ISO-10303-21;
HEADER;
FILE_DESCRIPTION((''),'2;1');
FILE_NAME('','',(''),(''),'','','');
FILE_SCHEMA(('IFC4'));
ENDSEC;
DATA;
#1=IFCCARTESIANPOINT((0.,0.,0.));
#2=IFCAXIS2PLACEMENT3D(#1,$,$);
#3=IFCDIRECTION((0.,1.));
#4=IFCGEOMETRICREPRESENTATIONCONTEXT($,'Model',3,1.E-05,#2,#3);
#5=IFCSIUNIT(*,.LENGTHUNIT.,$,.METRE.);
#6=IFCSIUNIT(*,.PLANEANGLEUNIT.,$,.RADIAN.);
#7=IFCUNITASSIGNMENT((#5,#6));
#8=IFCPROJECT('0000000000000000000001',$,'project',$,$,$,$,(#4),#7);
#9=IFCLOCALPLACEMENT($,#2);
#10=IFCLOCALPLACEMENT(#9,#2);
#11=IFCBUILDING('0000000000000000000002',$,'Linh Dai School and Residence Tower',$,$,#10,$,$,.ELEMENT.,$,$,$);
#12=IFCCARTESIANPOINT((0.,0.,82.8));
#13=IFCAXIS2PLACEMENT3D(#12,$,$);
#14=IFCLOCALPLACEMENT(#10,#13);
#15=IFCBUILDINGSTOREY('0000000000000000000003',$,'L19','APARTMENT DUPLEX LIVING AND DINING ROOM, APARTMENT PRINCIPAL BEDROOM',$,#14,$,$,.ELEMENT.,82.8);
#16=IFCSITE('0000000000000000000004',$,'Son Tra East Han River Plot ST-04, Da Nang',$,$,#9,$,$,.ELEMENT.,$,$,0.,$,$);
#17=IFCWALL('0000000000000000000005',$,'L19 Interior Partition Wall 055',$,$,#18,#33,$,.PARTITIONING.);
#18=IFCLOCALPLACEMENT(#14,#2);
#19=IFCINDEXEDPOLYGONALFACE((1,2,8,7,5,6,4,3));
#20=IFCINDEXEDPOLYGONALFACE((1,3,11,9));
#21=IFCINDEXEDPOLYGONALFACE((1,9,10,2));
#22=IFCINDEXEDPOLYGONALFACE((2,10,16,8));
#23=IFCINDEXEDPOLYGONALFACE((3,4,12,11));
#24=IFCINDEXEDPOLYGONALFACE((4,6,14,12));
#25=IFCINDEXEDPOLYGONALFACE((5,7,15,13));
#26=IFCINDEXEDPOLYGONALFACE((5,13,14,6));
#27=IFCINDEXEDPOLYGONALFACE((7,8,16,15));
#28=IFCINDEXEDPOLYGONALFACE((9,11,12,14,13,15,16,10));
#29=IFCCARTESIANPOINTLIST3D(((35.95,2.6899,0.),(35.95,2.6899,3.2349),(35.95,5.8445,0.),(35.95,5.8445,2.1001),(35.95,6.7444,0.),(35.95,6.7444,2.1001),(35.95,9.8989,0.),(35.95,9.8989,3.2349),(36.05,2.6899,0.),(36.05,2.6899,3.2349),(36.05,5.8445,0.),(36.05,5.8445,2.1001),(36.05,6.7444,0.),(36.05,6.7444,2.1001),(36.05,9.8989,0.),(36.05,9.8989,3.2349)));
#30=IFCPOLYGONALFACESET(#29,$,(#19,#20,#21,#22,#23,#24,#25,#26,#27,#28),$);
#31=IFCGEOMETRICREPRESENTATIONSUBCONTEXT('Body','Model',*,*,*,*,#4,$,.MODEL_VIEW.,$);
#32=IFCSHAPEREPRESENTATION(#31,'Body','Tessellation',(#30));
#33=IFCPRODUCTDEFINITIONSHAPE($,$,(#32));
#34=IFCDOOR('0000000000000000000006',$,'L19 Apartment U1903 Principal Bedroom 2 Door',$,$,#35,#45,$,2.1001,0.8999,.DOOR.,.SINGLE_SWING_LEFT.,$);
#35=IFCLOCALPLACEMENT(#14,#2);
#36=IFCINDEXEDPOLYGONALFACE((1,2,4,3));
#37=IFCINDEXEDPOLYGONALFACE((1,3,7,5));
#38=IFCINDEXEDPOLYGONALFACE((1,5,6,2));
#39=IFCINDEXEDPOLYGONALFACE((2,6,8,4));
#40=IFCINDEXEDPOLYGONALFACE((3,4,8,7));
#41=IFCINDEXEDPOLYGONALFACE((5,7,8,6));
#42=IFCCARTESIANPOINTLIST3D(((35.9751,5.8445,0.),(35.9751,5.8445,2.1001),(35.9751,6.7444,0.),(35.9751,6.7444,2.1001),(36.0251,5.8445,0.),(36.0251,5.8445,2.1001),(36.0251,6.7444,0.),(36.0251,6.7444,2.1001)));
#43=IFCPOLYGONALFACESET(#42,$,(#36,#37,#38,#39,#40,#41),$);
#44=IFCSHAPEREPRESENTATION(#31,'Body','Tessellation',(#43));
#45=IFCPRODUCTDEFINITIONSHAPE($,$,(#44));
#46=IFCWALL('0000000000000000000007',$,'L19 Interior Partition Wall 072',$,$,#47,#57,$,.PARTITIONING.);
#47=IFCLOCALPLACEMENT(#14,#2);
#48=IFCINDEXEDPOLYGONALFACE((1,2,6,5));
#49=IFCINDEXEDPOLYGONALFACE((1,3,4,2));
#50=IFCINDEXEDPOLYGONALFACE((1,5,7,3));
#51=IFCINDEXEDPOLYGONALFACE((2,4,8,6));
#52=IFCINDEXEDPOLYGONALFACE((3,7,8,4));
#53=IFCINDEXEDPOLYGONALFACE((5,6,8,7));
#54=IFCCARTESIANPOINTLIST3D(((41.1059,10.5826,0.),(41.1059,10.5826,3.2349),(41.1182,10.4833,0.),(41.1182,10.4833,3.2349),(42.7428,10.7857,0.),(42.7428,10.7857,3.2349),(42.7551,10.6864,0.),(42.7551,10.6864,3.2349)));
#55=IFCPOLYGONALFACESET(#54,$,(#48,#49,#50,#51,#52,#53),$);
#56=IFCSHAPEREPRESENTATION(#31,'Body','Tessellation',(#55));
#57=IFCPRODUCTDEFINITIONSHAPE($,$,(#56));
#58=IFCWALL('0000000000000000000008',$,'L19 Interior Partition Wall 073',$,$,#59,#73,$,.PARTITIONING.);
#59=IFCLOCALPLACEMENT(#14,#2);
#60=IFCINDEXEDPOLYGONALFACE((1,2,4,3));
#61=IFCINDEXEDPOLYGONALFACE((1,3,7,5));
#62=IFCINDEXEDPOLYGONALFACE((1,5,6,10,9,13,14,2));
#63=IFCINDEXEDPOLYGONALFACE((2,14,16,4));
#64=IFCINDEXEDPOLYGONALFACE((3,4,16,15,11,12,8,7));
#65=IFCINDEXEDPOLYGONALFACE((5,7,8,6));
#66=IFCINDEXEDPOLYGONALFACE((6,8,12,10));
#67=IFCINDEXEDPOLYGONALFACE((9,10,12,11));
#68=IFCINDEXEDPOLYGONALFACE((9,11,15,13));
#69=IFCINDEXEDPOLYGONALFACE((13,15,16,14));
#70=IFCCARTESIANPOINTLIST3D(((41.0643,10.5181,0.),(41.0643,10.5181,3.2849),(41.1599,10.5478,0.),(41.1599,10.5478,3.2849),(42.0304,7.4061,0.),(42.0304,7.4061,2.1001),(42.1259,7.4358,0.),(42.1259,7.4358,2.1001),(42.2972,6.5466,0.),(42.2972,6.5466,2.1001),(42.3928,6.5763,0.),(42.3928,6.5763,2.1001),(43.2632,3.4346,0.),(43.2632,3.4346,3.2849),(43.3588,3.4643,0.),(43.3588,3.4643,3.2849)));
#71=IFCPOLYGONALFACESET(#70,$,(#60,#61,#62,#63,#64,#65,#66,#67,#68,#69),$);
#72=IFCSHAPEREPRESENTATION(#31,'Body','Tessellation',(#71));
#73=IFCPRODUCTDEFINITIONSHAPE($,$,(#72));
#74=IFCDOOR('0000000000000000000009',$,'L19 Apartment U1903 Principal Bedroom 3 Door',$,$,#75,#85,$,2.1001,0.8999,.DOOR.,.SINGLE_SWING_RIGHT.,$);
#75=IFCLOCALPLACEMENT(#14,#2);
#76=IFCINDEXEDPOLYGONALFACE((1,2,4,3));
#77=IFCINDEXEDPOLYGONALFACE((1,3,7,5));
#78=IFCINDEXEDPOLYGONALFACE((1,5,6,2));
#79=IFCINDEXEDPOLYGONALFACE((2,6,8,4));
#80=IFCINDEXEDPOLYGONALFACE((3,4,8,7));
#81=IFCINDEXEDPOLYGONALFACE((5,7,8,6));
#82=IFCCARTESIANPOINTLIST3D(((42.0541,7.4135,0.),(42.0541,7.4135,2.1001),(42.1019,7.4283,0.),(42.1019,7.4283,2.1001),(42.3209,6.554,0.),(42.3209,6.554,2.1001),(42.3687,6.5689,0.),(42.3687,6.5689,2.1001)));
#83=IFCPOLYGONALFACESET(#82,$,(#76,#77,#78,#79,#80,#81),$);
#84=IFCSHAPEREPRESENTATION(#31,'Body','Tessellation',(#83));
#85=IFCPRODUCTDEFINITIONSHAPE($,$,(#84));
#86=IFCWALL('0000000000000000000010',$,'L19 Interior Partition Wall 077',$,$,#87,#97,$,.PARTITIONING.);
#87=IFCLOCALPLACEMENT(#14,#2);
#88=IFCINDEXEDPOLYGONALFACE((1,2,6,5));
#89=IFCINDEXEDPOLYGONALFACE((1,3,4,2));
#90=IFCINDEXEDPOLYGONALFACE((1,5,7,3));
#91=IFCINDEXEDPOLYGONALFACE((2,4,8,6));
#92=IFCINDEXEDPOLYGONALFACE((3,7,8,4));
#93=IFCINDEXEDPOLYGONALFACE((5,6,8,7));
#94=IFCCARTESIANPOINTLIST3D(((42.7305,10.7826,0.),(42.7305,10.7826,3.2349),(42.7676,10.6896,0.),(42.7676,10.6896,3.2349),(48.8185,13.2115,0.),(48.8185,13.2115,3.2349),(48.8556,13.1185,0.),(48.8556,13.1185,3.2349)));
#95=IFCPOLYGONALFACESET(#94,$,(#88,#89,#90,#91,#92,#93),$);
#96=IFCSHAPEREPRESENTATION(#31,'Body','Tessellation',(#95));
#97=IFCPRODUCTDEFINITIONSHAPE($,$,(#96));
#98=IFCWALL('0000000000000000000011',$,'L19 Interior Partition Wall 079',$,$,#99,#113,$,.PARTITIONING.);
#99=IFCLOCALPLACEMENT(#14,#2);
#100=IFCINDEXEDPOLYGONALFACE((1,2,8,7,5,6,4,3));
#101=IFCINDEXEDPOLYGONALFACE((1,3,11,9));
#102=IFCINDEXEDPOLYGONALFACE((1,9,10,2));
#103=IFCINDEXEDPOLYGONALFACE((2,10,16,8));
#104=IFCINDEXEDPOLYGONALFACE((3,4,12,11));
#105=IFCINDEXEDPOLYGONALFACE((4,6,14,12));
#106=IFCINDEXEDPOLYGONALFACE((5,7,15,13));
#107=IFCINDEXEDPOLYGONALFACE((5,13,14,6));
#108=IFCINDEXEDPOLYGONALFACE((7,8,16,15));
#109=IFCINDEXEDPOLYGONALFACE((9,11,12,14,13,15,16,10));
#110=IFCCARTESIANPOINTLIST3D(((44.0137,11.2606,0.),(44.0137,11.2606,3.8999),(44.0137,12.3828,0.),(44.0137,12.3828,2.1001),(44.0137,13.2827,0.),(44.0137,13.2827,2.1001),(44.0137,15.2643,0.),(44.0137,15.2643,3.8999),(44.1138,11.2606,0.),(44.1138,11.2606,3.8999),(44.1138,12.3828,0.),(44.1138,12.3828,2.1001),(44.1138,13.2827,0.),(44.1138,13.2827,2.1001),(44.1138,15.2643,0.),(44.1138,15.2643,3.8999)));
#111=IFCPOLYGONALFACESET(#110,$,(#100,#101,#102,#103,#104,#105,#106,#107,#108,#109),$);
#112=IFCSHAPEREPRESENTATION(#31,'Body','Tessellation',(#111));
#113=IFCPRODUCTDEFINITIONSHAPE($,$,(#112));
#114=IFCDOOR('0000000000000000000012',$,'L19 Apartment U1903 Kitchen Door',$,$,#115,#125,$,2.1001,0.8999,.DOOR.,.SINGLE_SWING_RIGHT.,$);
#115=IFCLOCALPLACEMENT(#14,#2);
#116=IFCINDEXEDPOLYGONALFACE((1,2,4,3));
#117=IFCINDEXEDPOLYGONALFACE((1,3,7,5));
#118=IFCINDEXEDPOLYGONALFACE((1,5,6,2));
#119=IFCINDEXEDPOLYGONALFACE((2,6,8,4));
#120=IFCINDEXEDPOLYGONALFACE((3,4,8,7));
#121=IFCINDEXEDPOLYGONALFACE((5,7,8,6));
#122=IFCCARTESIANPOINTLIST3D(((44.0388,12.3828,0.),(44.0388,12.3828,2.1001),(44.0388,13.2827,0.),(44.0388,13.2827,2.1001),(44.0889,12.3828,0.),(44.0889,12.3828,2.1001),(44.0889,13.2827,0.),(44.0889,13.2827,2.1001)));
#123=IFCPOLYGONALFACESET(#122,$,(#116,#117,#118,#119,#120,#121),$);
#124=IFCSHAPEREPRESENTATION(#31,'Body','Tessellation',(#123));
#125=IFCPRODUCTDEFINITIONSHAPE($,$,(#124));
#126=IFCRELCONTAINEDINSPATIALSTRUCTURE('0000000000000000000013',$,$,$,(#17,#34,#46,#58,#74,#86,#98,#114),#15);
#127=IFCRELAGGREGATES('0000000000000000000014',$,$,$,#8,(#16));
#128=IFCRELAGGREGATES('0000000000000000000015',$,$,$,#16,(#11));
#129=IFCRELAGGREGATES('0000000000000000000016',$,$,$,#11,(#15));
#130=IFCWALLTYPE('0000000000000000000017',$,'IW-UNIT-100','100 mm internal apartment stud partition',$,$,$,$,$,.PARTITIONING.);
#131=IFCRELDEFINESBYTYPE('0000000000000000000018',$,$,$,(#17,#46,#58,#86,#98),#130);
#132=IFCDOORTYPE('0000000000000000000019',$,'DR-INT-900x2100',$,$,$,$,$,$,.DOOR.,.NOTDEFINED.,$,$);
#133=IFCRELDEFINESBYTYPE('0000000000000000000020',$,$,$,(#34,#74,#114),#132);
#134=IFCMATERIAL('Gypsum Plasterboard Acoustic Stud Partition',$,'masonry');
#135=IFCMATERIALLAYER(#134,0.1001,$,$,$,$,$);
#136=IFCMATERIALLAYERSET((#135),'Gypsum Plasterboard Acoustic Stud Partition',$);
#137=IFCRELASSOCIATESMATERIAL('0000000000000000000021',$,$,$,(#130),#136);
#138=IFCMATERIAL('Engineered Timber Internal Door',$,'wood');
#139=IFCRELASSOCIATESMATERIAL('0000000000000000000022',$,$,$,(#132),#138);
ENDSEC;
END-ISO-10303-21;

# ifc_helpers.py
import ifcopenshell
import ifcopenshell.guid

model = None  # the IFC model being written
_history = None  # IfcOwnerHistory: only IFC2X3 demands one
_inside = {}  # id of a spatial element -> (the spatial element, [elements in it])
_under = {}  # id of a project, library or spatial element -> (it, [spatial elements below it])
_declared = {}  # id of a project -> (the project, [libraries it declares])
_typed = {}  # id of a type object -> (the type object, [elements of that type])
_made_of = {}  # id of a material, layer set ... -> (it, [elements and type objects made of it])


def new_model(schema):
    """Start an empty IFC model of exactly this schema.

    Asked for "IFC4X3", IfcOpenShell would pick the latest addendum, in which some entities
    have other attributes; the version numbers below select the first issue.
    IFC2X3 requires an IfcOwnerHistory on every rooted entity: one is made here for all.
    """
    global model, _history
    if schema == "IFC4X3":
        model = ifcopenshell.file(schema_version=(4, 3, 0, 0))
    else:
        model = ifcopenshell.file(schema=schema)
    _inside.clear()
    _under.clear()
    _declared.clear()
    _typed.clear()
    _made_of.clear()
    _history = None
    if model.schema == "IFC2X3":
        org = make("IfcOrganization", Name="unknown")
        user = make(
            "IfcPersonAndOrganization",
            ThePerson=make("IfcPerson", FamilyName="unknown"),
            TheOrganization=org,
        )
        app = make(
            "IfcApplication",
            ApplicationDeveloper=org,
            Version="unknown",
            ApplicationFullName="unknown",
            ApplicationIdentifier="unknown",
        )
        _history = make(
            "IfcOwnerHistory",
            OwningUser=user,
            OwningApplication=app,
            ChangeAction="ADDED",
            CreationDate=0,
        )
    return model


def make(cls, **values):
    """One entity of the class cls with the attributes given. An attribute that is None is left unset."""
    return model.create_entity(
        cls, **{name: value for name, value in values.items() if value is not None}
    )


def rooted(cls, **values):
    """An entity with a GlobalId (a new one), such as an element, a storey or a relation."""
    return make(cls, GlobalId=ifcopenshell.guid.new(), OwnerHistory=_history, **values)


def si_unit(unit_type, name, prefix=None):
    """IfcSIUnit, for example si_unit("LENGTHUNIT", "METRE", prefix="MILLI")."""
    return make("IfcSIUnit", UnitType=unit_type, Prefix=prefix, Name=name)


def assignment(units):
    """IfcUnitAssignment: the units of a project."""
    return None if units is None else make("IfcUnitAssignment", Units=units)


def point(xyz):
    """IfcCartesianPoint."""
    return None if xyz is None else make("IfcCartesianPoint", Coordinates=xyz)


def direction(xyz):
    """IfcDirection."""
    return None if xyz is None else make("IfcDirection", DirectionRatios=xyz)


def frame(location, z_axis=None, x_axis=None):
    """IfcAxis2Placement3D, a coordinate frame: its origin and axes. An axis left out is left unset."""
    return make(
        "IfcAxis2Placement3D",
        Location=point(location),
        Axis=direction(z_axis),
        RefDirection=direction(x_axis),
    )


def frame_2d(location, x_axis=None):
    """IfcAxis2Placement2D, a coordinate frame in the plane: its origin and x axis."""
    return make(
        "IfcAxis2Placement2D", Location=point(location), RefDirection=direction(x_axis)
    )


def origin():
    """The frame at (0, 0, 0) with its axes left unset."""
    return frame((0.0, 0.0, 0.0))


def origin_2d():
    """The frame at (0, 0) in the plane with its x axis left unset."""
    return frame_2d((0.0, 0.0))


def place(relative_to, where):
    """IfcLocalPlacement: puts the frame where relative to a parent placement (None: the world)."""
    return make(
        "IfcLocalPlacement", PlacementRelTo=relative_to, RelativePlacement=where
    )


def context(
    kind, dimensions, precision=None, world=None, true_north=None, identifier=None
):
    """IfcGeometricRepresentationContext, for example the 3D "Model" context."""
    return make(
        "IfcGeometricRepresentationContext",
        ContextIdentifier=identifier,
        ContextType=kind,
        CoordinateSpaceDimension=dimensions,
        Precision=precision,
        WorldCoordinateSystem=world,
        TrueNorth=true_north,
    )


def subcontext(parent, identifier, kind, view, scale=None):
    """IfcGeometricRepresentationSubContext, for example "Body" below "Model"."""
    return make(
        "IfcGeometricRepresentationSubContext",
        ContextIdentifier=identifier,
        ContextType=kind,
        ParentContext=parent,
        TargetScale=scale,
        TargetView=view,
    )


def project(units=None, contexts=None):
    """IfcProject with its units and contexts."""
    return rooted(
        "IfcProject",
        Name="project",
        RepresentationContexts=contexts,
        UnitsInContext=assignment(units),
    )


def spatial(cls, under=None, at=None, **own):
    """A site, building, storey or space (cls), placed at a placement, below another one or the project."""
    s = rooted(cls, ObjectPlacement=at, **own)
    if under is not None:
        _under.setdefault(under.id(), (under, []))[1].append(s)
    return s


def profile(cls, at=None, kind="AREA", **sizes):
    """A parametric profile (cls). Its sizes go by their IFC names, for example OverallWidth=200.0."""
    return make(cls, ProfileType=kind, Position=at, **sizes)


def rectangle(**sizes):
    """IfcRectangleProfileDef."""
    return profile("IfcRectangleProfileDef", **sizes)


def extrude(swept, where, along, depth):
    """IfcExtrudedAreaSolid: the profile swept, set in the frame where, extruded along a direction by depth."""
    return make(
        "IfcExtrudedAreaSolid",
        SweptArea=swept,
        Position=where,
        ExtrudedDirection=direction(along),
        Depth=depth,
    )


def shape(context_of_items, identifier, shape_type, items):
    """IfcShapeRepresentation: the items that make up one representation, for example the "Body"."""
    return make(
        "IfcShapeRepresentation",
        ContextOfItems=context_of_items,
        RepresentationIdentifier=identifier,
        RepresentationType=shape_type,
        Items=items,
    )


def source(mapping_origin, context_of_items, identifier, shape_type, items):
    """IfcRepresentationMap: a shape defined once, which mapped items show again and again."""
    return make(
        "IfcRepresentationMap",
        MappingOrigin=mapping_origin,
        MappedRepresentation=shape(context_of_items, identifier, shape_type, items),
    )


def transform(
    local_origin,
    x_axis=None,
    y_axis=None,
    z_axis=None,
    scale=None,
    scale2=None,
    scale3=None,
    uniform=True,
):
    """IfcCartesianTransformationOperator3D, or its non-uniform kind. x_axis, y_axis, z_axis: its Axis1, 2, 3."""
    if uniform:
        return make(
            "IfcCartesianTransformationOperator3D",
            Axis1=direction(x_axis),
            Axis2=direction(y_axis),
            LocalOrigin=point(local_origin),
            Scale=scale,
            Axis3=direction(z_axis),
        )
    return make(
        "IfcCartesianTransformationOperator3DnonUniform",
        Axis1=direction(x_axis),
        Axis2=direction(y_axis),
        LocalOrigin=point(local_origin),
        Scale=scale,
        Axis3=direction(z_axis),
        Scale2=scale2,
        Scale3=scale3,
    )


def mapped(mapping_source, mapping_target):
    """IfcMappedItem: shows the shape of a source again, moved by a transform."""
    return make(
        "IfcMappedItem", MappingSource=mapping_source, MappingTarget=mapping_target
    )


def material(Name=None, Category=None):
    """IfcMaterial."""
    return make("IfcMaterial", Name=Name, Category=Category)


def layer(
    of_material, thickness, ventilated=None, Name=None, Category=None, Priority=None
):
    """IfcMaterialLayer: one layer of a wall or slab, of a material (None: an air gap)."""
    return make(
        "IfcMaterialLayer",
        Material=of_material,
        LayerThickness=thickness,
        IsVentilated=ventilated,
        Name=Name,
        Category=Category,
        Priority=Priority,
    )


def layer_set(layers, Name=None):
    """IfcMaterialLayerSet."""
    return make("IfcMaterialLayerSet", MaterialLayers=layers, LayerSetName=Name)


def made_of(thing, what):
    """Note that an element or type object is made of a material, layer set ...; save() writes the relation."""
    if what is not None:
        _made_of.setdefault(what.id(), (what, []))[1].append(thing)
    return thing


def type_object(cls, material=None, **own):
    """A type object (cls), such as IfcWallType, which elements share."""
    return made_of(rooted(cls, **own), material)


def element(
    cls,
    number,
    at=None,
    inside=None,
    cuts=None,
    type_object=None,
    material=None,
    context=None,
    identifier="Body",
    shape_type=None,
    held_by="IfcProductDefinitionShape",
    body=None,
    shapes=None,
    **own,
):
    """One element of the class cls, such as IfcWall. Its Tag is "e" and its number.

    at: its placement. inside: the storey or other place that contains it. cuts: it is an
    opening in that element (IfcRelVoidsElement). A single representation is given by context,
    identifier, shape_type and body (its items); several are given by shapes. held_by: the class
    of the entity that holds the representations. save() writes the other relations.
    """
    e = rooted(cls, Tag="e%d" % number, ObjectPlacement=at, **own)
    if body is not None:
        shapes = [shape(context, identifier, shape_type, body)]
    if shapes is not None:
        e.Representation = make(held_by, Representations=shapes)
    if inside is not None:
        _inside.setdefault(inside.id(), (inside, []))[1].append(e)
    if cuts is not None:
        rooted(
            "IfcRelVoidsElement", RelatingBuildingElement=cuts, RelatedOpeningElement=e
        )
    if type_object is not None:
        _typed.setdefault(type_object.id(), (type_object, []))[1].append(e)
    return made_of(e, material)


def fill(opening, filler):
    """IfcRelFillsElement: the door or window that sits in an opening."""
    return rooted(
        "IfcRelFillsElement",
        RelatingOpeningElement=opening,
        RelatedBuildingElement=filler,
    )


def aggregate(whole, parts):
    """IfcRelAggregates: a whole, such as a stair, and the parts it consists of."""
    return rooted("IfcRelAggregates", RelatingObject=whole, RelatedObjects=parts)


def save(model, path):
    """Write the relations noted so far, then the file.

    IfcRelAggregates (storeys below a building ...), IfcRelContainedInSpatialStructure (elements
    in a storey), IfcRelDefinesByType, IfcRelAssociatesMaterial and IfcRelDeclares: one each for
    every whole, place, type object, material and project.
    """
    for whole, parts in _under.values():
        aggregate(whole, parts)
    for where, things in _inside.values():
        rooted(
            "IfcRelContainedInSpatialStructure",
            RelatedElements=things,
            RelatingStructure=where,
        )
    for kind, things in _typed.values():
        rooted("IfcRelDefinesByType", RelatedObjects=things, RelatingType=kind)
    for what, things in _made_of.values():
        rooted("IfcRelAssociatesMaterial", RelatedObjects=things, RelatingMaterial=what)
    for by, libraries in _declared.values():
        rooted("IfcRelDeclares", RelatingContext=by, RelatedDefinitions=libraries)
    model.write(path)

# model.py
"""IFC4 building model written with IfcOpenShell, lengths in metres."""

from ifc_helpers import new_model, si_unit, direction, frame, frame_2d, origin, origin_2d, place, context, subcontext, project, spatial, rectangle, extrude, source, transform, mapped, material, layer, layer_set, type_object, element, fill, save


model = new_model("IFC4")

# Units and contexts
model_context = context("Model", 3, precision=1e-05, world=origin(), true_north=direction((0.0, 1.0)))
body_context = subcontext(model_context, "Body", "Model", "MODEL_VIEW")
ifc_project = project(units=[si_unit("LENGTHUNIT", "METRE"), si_unit("PLANEANGLEUNIT", "RADIAN")], contexts=[model_context])

# Site, building, storey
site_placement = place(None, origin())
site = spatial("IfcSite", under=ifc_project, at=site_placement, Name="Son Tra East Han River Plot ST-04, Da Nang", CompositionType="ELEMENT", RefElevation=0.0)
building_placement = place(site_placement, origin())
building = spatial("IfcBuilding", under=site, at=building_placement, Name="Linh Dai School and Residence Tower", CompositionType="ELEMENT")
storey_placement = place(building_placement, frame((0.0, 0.0, 82.8)))
storey = spatial("IfcBuildingStorey", under=building, at=storey_placement, Name="L19", Description="APARTMENT DUPLEX LIVING AND DINING ROOM, APARTMENT PRINCIPAL BEDROOM", CompositionType="ELEMENT", Elevation=82.8)

# Wall, opening, door
ifc_material_1 = material(Name="Gypsum Plasterboard Acoustic Stud Partition", Category="masonry")
ifc_layer_1 = layer(ifc_material_1, 0.1001)
ifc_layer_set_1 = layer_set([ifc_layer_1], Name="Gypsum Plasterboard Acoustic Stud Partition")
wall_type_1 = type_object("IfcWallType", Name="IW-UNIT-100", Description="100 mm internal apartment stud partition", PredefinedType="PARTITIONING", material=ifc_layer_set_1)
wall_1_placement = place(storey_placement, frame((36.0, 2.6899, 0.0), z_axis=(0.0, 0.0, 1.0), x_axis=(0.0, 1.0, 0.0)))
wall_1 = element("IfcWall", 1, at=wall_1_placement, inside=storey, type_object=wall_type_1, Name="L19 Interior Partition Wall 055", PredefinedType="PARTITIONING", context=body_context, shape_type="SweptSolid", body=[
    extrude(rectangle(XDim=7.209, YDim=0.1001, at=frame_2d((3.6045, 0.0))), origin(), (0.0, 0.0, 1.0), 3.2349),
])
opening_1_placement = place(wall_1_placement, frame((3.1545, 0.0, 0.0)))
opening_1 = element("IfcOpeningElement", 2, at=opening_1_placement, cuts=wall_1, PredefinedType="OPENING", context=body_context, shape_type="SweptSolid", body=[
    extrude(rectangle(XDim=0.8999, YDim=2.1001, at=origin_2d()), frame((0.45, 0.0601, 1.05), z_axis=(0.0, -1.0, 0.0), x_axis=(1.0, 0.0, 0.0)), (0.0, 0.0, 1.0), 0.1201),
])
ifc_material_2 = material(Name="Engineered Timber Internal Door", Category="wood")
door_type_1 = type_object("IfcDoorType", Name="DR-INT-900x2100", OperationType="NOTDEFINED", PredefinedType="DOOR", material=ifc_material_2)
shared_shape_1 = source(origin(), body_context, "Body", "SweptSolid", [
    extrude(rectangle(XDim=0.8999, YDim=2.1001, at=origin_2d()), frame((0.45, 0.0249, 1.05), z_axis=(0.0, -1.0, 0.0), x_axis=(1.0, 0.0, 0.0)), (0.0, 0.0, 1.0), 0.05),
])
door_1_placement = place(opening_1_placement, origin())
door_1 = element("IfcDoor", 3, at=door_1_placement, inside=storey, type_object=door_type_1, Name="L19 Apartment U1903 Principal Bedroom 2 Door", OperationType="SINGLE_SWING_LEFT", OverallHeight=2.1001, OverallWidth=0.8999, PredefinedType="DOOR", context=body_context, shape_type="MappedRepresentation", body=[
    mapped(shared_shape_1, transform((0.0, 0.0, 0.0), x_axis=(1.0, 0.0, 0.0), y_axis=(0.0, 1.0, 0.0), z_axis=(0.0, 0.0, 1.0), scale=1.0)),
])
fill(opening_1, door_1)

# Wall
wall_2_placement = place(storey_placement, frame((41.1121, 10.533, 0.0), z_axis=(0.0, 0.0, 1.0), x_axis=(0.992389, 0.123142, 0.0)))
element("IfcWall", 4, at=wall_2_placement, inside=storey, type_object=wall_type_1, Name="L19 Interior Partition Wall 072", PredefinedType="PARTITIONING", context=body_context, shape_type="SweptSolid", body=[
    extrude(rectangle(XDim=1.6494, YDim=0.1001, at=frame_2d((0.8247, 0.0))), origin(), (0.0, 0.0, 1.0), 3.2349),
])

# Wall, opening, door
wall_3_placement = place(storey_placement, frame((41.1121, 10.533, 0.0), z_axis=(0.0, 0.0, 1.0), x_axis=(0.296479, -0.955039, 0.0)))
wall_3 = element("IfcWall", 5, at=wall_3_placement, inside=storey, type_object=wall_type_1, Name="L19 Interior Partition Wall 073", PredefinedType="PARTITIONING", context=body_context, shape_type="SweptSolid", body=[
    extrude(rectangle(XDim=7.417, YDim=0.1001, at=frame_2d((3.7085, 0.0))), origin(), (0.0, 0.0, 1.0), 3.2849),
])
opening_2_placement = place(wall_3_placement, frame((3.2585, 0.0, 0.0)))
opening_2 = element("IfcOpeningElement", 6, at=opening_2_placement, cuts=wall_3, PredefinedType="OPENING", context=body_context, shape_type="SweptSolid", body=[
    extrude(rectangle(XDim=0.8999, YDim=2.1001, at=origin_2d()), frame((0.45, 0.0601, 1.05), z_axis=(0.0, -1.0, 0.0), x_axis=(1.0, 0.0, 0.0)), (0.0, 0.0, 1.0), 0.1201),
])
door_2_placement = place(opening_2_placement, origin())
door_2 = element("IfcDoor", 7, at=door_2_placement, inside=storey, type_object=door_type_1, Name="L19 Apartment U1903 Principal Bedroom 3 Door", OperationType="SINGLE_SWING_RIGHT", OverallHeight=2.1001, OverallWidth=0.8999, PredefinedType="DOOR", context=body_context, shape_type="MappedRepresentation", body=[
    mapped(shared_shape_1, transform((0.0, 0.0, 0.0), x_axis=(1.0, 0.0, 0.0), y_axis=(0.0, 1.0, 0.0), z_axis=(0.0, 0.0, 1.0), scale=1.0)),
])
fill(opening_2, door_2)

# Wall
wall_4_placement = place(storey_placement, frame((42.749, 10.7361, 0.0), z_axis=(0.0, 0.0, 1.0), x_axis=(0.928808, 0.370562, 0.0)))
element("IfcWall", 8, at=wall_4_placement, inside=storey, type_object=wall_type_1, Name="L19 Interior Partition Wall 077", PredefinedType="PARTITIONING", context=body_context, shape_type="SweptSolid", body=[
    extrude(rectangle(XDim=6.5547, YDim=0.1001, at=frame_2d((3.2773, 0.0))), origin(), (0.0, 0.0, 1.0), 3.2349),
])

# Wall, opening, door
wall_5_placement = place(storey_placement, frame((44.0637, 11.2605, 0.0), z_axis=(0.0, 0.0, 1.0), x_axis=(0.0, 1.0, 0.0)))
wall_5 = element("IfcWall", 9, at=wall_5_placement, inside=storey, type_object=wall_type_1, Name="L19 Interior Partition Wall 079", PredefinedType="PARTITIONING", context=body_context, shape_type="SweptSolid", body=[
    extrude(rectangle(XDim=4.0037, YDim=0.1001, at=frame_2d((2.002, 0.0))), origin(), (0.0, 0.0, 1.0), 3.8999),
])
opening_3_placement = place(wall_5_placement, frame((1.1223, 0.0, 0.0)))
opening_3 = element("IfcOpeningElement", 10, at=opening_3_placement, cuts=wall_5, PredefinedType="OPENING", context=body_context, shape_type="SweptSolid", body=[
    extrude(rectangle(XDim=0.8999, YDim=2.1001, at=origin_2d()), frame((0.45, 0.0601, 1.05), z_axis=(0.0, -1.0, 0.0), x_axis=(1.0, 0.0, 0.0)), (0.0, 0.0, 1.0), 0.1201),
])
door_3_placement = place(opening_3_placement, origin())
door_3 = element("IfcDoor", 11, at=door_3_placement, inside=storey, type_object=door_type_1, Name="L19 Apartment U1903 Kitchen Door", OperationType="SINGLE_SWING_RIGHT", OverallHeight=2.1001, OverallWidth=0.8999, PredefinedType="DOOR", context=body_context, shape_type="MappedRepresentation", body=[
    mapped(shared_shape_1, transform((0.0, 0.0, 0.0), x_axis=(1.0, 0.0, 0.0), y_axis=(0.0, 1.0, 0.0), z_axis=(0.0, 0.0, 1.0), scale=1.0)),
])
fill(opening_3, door_3)

save(model, "model.ifc")
